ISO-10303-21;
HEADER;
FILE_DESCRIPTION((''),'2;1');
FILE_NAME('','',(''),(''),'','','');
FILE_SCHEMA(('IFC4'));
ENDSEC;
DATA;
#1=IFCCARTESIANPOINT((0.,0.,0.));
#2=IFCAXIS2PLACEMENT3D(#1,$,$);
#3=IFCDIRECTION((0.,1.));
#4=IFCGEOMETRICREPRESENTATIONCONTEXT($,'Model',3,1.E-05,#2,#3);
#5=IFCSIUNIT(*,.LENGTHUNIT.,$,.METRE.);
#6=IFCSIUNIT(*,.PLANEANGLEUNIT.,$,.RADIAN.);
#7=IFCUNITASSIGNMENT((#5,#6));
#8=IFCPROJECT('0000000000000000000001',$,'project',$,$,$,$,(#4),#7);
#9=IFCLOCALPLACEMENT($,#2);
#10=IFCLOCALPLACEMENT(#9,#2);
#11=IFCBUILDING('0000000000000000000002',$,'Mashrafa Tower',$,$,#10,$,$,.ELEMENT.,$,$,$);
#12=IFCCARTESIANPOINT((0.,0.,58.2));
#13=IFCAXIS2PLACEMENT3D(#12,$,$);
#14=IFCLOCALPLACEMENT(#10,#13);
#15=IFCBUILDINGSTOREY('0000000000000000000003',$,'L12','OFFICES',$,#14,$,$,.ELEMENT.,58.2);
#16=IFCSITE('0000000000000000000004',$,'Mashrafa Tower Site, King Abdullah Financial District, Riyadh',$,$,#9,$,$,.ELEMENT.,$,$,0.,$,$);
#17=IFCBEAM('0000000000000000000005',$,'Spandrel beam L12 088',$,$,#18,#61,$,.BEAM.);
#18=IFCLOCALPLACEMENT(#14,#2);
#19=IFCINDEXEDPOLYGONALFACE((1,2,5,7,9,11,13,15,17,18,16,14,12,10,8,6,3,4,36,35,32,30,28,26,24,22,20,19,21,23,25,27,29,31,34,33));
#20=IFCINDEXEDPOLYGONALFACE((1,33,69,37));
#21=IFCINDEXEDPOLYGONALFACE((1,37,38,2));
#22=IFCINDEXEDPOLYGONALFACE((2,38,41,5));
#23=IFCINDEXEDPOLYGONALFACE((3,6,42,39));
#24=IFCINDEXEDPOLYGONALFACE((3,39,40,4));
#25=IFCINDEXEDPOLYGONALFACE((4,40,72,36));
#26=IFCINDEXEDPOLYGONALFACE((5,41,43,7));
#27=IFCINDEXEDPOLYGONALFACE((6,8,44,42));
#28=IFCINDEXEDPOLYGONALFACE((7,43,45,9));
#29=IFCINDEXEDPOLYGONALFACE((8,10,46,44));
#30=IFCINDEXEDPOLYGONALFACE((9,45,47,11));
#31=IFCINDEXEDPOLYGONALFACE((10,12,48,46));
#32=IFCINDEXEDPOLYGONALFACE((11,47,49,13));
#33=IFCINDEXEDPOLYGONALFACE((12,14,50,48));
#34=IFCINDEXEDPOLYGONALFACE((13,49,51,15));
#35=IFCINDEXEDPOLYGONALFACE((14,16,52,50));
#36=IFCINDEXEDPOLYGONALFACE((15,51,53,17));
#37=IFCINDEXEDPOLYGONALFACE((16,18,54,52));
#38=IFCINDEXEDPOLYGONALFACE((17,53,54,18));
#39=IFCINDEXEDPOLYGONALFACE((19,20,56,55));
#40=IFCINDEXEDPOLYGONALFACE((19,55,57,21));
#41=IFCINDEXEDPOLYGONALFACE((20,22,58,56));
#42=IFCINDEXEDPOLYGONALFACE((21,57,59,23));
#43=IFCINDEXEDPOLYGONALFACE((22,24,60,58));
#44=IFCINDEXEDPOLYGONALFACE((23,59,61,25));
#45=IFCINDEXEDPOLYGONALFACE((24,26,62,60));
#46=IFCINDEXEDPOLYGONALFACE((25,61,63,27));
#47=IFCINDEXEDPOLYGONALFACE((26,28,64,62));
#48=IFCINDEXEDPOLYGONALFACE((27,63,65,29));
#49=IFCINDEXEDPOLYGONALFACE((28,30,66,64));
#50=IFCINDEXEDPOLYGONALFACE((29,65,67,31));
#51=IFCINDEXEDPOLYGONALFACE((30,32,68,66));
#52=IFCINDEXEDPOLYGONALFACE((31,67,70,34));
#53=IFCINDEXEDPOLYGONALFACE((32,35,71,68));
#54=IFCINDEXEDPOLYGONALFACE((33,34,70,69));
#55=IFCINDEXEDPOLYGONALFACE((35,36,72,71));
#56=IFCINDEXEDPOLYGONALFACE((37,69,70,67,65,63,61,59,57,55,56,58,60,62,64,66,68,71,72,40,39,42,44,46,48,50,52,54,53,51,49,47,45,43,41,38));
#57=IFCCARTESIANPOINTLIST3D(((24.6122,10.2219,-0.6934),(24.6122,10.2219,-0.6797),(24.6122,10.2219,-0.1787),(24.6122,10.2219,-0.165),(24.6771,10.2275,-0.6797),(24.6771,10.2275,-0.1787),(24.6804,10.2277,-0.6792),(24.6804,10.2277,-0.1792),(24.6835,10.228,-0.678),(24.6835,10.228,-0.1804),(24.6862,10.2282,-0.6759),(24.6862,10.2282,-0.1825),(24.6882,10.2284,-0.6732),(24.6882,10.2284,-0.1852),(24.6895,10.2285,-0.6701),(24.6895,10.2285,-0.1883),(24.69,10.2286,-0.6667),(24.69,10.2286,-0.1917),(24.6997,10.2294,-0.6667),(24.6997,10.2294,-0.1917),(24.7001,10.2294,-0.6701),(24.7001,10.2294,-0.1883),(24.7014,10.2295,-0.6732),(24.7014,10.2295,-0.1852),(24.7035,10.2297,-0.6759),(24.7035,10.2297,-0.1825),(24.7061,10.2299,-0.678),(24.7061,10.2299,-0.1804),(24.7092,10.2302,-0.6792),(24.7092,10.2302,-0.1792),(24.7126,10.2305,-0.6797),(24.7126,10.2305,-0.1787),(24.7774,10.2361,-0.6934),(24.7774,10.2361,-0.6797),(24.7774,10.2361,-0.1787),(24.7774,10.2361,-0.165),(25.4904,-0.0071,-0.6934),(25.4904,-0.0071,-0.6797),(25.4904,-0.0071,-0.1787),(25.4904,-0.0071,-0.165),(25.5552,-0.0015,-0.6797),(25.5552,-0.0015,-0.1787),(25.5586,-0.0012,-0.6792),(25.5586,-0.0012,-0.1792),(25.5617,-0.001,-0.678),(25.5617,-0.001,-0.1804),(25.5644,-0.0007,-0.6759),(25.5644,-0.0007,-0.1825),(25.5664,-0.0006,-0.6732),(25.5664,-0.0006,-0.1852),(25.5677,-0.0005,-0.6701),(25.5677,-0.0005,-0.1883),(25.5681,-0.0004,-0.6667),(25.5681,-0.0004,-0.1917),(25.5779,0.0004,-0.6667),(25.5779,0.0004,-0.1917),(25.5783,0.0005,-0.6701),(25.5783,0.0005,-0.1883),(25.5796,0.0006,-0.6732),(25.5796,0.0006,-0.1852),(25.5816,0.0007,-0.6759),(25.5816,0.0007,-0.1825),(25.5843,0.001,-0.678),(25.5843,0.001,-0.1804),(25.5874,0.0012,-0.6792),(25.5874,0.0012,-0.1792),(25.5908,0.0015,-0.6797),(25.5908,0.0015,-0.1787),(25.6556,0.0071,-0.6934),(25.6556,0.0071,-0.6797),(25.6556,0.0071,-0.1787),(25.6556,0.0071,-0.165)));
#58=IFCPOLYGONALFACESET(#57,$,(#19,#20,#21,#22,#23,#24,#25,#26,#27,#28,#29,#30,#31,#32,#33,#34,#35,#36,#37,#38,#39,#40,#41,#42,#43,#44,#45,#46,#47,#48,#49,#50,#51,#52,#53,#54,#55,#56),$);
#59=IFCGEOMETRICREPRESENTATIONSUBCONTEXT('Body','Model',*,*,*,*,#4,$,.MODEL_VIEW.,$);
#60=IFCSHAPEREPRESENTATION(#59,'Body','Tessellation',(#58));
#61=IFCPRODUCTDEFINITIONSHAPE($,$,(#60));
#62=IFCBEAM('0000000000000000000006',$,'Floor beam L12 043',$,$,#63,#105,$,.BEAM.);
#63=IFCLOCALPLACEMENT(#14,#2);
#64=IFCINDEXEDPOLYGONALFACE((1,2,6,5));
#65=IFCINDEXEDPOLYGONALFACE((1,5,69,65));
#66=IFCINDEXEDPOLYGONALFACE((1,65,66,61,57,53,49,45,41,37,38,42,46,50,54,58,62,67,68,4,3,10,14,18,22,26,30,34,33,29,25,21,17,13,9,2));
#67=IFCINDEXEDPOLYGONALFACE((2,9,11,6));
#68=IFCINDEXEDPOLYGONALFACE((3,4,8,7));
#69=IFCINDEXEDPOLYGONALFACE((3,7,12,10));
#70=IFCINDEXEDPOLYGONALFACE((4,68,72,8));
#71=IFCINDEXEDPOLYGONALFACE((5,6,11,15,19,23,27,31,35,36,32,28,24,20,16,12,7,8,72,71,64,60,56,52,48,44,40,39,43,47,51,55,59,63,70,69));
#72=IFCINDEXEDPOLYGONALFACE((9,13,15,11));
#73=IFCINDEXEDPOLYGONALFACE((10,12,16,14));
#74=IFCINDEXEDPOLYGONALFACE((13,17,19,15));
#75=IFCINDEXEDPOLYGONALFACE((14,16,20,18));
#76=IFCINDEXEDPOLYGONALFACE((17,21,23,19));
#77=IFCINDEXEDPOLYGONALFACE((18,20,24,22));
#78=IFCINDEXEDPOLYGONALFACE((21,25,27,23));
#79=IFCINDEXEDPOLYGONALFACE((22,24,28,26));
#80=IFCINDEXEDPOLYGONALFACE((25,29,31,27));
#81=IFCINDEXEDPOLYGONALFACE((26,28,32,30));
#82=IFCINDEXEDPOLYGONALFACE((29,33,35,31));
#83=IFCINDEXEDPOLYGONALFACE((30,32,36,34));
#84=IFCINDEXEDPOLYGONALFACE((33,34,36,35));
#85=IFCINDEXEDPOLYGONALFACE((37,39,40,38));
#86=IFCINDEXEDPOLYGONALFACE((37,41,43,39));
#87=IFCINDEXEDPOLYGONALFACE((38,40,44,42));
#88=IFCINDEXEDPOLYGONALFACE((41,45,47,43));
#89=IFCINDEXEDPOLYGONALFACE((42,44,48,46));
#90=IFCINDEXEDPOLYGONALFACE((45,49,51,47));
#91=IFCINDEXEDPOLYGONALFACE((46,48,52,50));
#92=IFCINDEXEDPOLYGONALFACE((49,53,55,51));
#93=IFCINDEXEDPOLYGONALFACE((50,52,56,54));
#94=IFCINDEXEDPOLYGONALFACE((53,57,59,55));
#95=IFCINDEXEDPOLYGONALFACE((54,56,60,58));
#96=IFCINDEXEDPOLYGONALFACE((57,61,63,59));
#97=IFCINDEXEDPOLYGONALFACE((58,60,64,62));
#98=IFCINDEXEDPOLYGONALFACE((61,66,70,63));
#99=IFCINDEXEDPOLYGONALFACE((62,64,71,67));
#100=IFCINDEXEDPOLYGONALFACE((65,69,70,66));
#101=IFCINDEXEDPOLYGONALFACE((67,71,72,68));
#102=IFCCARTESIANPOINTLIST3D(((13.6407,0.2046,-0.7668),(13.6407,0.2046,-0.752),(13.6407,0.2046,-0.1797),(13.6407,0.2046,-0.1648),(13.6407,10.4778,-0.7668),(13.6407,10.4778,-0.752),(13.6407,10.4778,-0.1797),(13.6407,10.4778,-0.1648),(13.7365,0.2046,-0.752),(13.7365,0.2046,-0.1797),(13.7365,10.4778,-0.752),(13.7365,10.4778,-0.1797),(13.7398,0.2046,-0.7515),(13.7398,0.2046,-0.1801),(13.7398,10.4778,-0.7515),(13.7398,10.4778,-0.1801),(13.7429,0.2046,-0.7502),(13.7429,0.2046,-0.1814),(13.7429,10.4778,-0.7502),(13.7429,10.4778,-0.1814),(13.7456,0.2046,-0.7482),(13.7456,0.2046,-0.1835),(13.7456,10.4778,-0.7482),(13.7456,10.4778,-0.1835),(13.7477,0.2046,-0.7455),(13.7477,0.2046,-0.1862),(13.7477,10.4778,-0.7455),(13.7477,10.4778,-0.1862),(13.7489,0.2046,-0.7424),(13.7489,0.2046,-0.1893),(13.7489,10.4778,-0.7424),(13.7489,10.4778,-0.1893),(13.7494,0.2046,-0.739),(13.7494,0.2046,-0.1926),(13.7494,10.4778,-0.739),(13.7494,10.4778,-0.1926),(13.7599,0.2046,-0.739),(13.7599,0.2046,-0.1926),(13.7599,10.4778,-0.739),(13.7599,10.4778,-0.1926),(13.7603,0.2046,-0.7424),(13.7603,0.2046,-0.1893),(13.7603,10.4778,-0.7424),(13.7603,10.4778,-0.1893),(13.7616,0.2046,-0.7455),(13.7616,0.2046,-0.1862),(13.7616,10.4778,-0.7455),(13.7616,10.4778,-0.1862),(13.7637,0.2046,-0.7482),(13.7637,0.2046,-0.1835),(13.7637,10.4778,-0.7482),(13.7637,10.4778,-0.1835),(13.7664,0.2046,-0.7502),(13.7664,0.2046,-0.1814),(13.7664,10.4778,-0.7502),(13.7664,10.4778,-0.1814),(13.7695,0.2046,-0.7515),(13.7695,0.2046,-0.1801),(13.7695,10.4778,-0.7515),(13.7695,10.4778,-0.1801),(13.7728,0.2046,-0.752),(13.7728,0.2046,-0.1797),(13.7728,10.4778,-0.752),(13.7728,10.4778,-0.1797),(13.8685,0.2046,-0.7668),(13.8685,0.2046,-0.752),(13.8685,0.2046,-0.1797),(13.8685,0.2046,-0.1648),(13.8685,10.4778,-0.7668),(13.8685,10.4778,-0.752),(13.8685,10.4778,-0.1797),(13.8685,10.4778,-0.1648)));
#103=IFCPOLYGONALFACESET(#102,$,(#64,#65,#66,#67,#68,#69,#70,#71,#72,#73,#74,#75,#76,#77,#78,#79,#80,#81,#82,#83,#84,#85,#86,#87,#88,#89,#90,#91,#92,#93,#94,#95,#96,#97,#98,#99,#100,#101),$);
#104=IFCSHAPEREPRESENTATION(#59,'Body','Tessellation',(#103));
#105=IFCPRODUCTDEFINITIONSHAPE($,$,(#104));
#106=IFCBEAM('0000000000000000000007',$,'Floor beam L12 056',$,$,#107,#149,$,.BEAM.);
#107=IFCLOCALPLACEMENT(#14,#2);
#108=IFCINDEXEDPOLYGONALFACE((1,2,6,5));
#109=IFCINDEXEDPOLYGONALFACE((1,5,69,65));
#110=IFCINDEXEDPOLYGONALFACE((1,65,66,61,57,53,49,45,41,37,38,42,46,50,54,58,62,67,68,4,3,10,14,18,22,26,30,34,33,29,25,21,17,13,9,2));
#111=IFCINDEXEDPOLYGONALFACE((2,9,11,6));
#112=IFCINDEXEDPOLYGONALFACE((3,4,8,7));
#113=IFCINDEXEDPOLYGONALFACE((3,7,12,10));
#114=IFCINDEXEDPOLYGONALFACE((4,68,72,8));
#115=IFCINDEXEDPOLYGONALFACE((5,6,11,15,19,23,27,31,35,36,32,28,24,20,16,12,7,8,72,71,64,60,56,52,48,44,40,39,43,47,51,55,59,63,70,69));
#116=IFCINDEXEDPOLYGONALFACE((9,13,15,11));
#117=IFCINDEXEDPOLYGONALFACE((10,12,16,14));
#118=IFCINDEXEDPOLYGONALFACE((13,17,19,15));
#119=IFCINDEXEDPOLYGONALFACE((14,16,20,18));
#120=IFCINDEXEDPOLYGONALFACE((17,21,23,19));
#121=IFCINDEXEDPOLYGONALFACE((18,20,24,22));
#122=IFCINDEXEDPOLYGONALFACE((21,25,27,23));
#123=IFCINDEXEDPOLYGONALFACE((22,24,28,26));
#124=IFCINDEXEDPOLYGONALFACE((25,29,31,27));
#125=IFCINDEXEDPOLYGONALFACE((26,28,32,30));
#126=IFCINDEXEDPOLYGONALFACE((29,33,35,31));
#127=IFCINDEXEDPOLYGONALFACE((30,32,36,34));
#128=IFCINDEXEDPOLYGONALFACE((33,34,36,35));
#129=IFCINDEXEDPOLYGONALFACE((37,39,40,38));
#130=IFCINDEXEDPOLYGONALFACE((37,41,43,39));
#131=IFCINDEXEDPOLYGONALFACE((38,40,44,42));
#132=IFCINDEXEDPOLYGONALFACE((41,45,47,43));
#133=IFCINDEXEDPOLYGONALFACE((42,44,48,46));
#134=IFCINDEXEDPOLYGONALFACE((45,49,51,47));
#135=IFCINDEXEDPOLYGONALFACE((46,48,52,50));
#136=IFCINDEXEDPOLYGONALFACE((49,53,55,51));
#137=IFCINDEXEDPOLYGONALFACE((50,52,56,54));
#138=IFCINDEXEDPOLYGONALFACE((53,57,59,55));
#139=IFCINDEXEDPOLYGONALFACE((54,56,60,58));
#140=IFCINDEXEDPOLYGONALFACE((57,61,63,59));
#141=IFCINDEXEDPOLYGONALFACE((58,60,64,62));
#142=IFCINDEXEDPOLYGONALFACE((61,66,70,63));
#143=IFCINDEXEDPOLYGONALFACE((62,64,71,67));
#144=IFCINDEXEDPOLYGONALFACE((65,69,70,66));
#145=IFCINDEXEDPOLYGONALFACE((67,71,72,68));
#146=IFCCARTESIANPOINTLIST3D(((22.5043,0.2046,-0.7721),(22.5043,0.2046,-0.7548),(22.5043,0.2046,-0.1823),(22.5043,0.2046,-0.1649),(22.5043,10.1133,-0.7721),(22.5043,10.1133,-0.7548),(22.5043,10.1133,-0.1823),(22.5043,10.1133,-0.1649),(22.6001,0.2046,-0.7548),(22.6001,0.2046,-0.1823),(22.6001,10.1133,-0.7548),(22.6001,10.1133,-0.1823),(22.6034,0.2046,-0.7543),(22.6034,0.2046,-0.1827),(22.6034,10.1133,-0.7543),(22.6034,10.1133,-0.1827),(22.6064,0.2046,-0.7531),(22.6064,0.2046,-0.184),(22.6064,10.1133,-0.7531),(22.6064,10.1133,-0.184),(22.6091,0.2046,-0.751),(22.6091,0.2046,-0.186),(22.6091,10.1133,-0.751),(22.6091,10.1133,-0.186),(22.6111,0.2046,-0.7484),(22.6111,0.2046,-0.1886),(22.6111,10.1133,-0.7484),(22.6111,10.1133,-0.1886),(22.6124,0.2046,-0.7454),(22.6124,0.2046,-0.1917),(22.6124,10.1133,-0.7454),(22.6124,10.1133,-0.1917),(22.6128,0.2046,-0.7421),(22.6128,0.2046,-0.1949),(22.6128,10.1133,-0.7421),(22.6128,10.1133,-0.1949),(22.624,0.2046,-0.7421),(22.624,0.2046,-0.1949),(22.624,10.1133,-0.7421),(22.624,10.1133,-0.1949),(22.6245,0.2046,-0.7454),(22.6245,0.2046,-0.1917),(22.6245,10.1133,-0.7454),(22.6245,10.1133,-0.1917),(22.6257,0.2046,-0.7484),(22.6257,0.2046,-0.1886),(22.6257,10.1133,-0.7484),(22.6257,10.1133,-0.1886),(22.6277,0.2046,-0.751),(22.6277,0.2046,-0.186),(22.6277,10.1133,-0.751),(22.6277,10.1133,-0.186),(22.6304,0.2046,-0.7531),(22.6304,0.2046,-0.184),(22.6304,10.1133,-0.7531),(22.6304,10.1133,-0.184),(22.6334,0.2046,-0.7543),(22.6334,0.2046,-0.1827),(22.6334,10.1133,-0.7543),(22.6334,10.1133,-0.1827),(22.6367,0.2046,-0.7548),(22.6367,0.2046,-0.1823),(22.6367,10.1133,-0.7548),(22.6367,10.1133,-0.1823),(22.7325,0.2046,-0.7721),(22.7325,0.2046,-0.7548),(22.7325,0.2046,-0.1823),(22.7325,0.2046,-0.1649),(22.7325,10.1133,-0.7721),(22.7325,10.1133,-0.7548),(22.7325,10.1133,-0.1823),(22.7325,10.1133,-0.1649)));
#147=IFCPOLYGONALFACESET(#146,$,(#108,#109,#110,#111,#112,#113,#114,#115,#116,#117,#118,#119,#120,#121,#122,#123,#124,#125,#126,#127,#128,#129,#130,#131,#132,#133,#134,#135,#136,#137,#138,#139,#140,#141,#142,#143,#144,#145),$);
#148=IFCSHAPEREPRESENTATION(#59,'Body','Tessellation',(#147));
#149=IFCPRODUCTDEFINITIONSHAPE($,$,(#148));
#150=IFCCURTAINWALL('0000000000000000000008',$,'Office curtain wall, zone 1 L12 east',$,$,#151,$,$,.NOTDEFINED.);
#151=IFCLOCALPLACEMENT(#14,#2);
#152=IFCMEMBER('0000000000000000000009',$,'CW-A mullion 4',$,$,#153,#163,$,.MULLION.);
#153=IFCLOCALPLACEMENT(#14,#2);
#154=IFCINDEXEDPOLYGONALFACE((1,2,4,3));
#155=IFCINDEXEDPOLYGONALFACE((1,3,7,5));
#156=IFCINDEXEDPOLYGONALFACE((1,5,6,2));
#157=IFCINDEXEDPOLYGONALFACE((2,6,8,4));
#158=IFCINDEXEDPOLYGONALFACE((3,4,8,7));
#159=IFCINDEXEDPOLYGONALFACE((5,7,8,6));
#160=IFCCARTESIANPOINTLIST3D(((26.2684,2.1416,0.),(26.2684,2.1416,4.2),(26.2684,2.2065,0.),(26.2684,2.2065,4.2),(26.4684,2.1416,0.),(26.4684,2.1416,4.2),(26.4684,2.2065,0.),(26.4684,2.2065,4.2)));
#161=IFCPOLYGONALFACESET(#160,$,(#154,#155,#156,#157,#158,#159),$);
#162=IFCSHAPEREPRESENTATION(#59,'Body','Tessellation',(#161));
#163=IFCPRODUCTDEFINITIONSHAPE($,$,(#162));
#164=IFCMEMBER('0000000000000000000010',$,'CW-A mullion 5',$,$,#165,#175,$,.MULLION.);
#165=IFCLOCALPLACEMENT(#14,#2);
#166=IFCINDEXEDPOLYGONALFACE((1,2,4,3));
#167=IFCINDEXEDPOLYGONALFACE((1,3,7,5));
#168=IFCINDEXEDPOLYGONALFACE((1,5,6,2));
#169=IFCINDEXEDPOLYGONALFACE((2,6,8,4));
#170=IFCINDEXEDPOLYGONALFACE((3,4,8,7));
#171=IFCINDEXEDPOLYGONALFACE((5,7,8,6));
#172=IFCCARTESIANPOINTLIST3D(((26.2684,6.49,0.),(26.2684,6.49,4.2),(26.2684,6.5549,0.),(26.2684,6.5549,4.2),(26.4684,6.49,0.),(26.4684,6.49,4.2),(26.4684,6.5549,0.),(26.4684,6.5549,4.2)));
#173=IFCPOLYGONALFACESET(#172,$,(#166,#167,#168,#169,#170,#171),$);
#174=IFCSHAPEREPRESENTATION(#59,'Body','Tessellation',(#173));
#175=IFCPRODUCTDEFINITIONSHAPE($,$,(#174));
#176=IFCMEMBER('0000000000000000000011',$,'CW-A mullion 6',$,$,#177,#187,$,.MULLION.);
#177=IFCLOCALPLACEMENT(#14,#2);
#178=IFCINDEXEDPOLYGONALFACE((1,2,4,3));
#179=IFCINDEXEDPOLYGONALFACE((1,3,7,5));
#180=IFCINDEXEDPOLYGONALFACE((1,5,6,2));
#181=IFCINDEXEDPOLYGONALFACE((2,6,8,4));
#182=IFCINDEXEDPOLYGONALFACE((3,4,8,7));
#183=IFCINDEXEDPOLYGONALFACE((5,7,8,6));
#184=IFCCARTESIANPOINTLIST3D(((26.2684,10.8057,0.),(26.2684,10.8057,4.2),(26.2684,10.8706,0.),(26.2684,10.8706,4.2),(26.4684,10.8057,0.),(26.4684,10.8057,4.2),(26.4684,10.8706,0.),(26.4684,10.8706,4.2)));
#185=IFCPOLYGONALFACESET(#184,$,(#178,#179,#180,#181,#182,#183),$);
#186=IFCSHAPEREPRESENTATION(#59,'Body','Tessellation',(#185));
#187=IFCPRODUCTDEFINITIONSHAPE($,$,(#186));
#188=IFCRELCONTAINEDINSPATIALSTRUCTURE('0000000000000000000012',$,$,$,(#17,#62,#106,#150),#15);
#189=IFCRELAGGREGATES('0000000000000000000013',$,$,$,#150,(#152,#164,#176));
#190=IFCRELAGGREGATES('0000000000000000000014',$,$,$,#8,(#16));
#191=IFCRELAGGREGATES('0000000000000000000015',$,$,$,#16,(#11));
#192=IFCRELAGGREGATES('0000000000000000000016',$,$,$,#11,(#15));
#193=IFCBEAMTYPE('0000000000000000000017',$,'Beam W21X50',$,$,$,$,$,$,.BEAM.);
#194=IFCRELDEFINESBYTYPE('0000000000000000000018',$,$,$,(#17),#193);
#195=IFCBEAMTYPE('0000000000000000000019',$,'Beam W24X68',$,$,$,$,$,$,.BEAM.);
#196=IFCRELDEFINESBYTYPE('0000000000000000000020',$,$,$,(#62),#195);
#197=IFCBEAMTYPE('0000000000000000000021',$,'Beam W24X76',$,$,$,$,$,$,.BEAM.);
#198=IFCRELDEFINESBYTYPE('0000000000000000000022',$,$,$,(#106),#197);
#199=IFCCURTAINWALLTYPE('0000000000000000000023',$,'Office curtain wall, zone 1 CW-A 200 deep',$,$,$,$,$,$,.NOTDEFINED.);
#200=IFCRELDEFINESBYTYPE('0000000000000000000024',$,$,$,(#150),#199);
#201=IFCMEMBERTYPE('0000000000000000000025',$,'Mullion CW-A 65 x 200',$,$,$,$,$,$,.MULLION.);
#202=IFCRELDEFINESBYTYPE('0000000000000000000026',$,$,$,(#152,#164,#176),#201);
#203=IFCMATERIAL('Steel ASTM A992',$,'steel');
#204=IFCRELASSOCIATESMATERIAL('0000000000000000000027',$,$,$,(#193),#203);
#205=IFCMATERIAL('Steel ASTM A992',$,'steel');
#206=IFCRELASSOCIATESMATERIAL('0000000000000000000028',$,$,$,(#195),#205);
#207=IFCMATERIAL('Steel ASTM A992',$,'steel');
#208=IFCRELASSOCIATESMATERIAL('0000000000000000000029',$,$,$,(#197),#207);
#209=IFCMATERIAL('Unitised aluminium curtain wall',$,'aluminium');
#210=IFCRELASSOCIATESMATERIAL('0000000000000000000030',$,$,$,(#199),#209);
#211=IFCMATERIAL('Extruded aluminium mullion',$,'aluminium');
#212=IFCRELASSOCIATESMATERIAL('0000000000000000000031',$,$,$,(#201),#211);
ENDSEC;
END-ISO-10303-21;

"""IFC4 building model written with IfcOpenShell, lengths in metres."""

from ifc_helpers import new_model, si_unit, direction, frame, origin, origin_2d, place, context, subcontext, project, spatial, rectangle, i_section, extrude, source, transform, mapped, material, material_profile, profile_set, type_object, type_shapes, element, aggregate, save


model = new_model("IFC4")

# Units and contexts
model_context = context("Model", 3, precision=1e-05, world=origin(), true_north=direction((0.0, 1.0)))
body_context = subcontext(model_context, "Body", "Model", "MODEL_VIEW")
ifc_project = project(units=[si_unit("LENGTHUNIT", "METRE"), si_unit("PLANEANGLEUNIT", "RADIAN")], contexts=[model_context])

# Site, building, storey
site_placement = place(None, origin())
site = spatial("IfcSite", under=ifc_project, at=site_placement, Name="Mashrafa Tower Site, King Abdullah Financial District, Riyadh", CompositionType="ELEMENT", RefElevation=0.0)
building_placement = place(site_placement, origin())
building = spatial("IfcBuilding", under=site, at=building_placement, Name="Mashrafa Tower", CompositionType="ELEMENT")
storey_placement = place(building_placement, frame((0.0, 0.0, 58.2)))
storey = spatial("IfcBuildingStorey", under=building, at=storey_placement, Name="L12", Description="OFFICES", CompositionType="ELEMENT", Elevation=58.2)

# Beams
ifc_material_1 = material(Name="Steel ASTM A992", Category="steel")
ifc_material_profile_1 = material_profile(ifc_material_1, i_section(OverallWidth=0.1658, OverallDepth=0.5283, WebThickness=0.0098, FlangeThickness=0.0137, FilletRadius=0.0129, at=origin_2d()), Name="W21X50")
ifc_profile_set_1 = profile_set([ifc_material_profile_1], Name="Steel ASTM A992")
beam_type_1 = type_object("IfcBeamType", Name="Beam W21X50", PredefinedType="BEAM", material=ifc_profile_set_1)
for number, where, z_axis, x_axis, name in (
    (1, (25.573, 0.0, -0.4292), (-0.085537, 0.996335, 0.0), (-0.996335, -0.085537, 0.0), "Spandrel beam L12 088"),
):
    element("IfcBeam", number, at=place(storey_placement, frame(where, z_axis=z_axis, x_axis=x_axis)), inside=storey, type_object=beam_type_1, Name=name, PredefinedType="BEAM", context=body_context, shape_type="SweptSolid", body=[
        extrude(i_section(OverallWidth=0.1658, OverallDepth=0.5283, WebThickness=0.0098, FlangeThickness=0.0137, FilletRadius=0.0129, at=origin_2d()), origin(), (0.0, 0.0, 1.0), 10.2666),
    ])
ifc_material_2 = material(Name="Steel ASTM A992", Category="steel")
ifc_material_profile_2 = material_profile(ifc_material_2, i_section(OverallWidth=0.2278, OverallDepth=0.6021, WebThickness=0.0105, FlangeThickness=0.0149, FilletRadius=0.0129, at=origin_2d()), Name="W24X68")
ifc_profile_set_2 = profile_set([ifc_material_profile_2], Name="Steel ASTM A992")
beam_type_2 = type_object("IfcBeamType", Name="Beam W24X68", PredefinedType="BEAM", material=ifc_profile_set_2)
beam_1_placement = place(storey_placement, frame((13.7546, 10.4778, -0.4658), z_axis=(0.0, -1.0, 0.0), x_axis=(1.0, 0.0, 0.0)))
element("IfcBeam", 2, at=beam_1_placement, inside=storey, type_object=beam_type_2, Name="Floor beam L12 043", PredefinedType="BEAM", context=body_context, shape_type="SweptSolid", body=[
    extrude(i_section(OverallWidth=0.2278, OverallDepth=0.6021, WebThickness=0.0105, FlangeThickness=0.0149, FilletRadius=0.0129, at=origin_2d()), origin(), (0.0, 0.0, 1.0), 10.2732),
])
ifc_material_3 = material(Name="Steel ASTM A992", Category="steel")
ifc_material_profile_3 = material_profile(ifc_material_3, i_section(OverallWidth=0.2283, OverallDepth=0.6072, WebThickness=0.0112, FlangeThickness=0.0173, FilletRadius=0.0127, at=origin_2d()), Name="W24X76")
ifc_profile_set_3 = profile_set([ifc_material_profile_3], Name="Steel ASTM A992")
beam_type_3 = type_object("IfcBeamType", Name="Beam W24X76", PredefinedType="BEAM", material=ifc_profile_set_3)
beam_2_placement = place(storey_placement, frame((22.6184, 10.1133, -0.4685), z_axis=(0.0, -1.0, 0.0), x_axis=(1.0, 0.0, 0.0)))
element("IfcBeam", 3, at=beam_2_placement, inside=storey, type_object=beam_type_3, Name="Floor beam L12 056", PredefinedType="BEAM", context=body_context, shape_type="SweptSolid", body=[
    extrude(i_section(OverallWidth=0.2283, OverallDepth=0.6072, WebThickness=0.0112, FlangeThickness=0.0173, FilletRadius=0.0127, at=origin_2d()), origin(), (0.0, 0.0, 1.0), 9.9087),
])

# Curtain wall, members
ifc_material_4 = material(Name="Unitised aluminium curtain wall", Category="aluminium")
curtain_wall_type = type_object("IfcCurtainWallType", Name="Office curtain wall, zone 1 CW-A 200 deep", PredefinedType="NOTDEFINED", material=ifc_material_4)
curtain_wall_1_placement = place(storey_placement, origin())
curtain_wall_1 = element("IfcCurtainWall", 4, at=curtain_wall_1_placement, inside=storey, type_object=curtain_wall_type, Name="Office curtain wall, zone 1 L12 east", PredefinedType="NOTDEFINED")
ifc_material_5 = material(Name="Extruded aluminium mullion", Category="aluminium")
ifc_material_profile_4 = material_profile(ifc_material_5, rectangle(XDim=0.2, YDim=0.0649, at=origin_2d()), Name="Mullion 65x200")
ifc_profile_set_4 = profile_set([ifc_material_profile_4], Name="Extruded aluminium mullion")
member_type_1 = type_object("IfcMemberType", Name="Mullion CW-A 65 x 200", PredefinedType="MULLION", material=ifc_profile_set_4)
shared_shape_1 = source(origin(), body_context, "Body", "SweptSolid", [
    extrude(rectangle(XDim=0.2, YDim=0.0649, at=origin_2d()), origin(), (0.0, 0.0, 1.0), 4.2),
])
type_shapes(member_type_1, [shared_shape_1])
member_1_placement = place(storey_placement, frame((26.3684, 2.1741, 0.0), z_axis=(0.0, 0.0, 1.0), x_axis=(-1.0, 0.0, 0.0)))
member_1 = element("IfcMember", 5, at=member_1_placement, type_object=member_type_1, Name="CW-A mullion 4", PredefinedType="MULLION", context=body_context, shape_type="MappedRepresentation", body=[
    mapped(shared_shape_1, transform((0.0, 0.0, 0.0))),
])
member_2_placement = place(storey_placement, frame((26.3684, 6.5225, 0.0), z_axis=(0.0, 0.0, 1.0), x_axis=(-1.0, 0.0, 0.0)))
member_2 = element("IfcMember", 6, at=member_2_placement, type_object=member_type_1, Name="CW-A mullion 5", PredefinedType="MULLION", context=body_context, shape_type="MappedRepresentation", body=[
    mapped(shared_shape_1, transform((0.0, 0.0, 0.0))),
])
member_3_placement = place(storey_placement, frame((26.3684, 10.8381, 0.0), z_axis=(0.0, 0.0, 1.0), x_axis=(-1.0, 0.0, 0.0)))
member_3 = element("IfcMember", 7, at=member_3_placement, type_object=member_type_1, Name="CW-A mullion 6", PredefinedType="MULLION", context=body_context, shape_type="MappedRepresentation", body=[
    mapped(shared_shape_1, transform((0.0, 0.0, 0.0))),
])

aggregate(curtain_wall_1, [member_1, member_2, member_3])

save(model, "model.ifc")
